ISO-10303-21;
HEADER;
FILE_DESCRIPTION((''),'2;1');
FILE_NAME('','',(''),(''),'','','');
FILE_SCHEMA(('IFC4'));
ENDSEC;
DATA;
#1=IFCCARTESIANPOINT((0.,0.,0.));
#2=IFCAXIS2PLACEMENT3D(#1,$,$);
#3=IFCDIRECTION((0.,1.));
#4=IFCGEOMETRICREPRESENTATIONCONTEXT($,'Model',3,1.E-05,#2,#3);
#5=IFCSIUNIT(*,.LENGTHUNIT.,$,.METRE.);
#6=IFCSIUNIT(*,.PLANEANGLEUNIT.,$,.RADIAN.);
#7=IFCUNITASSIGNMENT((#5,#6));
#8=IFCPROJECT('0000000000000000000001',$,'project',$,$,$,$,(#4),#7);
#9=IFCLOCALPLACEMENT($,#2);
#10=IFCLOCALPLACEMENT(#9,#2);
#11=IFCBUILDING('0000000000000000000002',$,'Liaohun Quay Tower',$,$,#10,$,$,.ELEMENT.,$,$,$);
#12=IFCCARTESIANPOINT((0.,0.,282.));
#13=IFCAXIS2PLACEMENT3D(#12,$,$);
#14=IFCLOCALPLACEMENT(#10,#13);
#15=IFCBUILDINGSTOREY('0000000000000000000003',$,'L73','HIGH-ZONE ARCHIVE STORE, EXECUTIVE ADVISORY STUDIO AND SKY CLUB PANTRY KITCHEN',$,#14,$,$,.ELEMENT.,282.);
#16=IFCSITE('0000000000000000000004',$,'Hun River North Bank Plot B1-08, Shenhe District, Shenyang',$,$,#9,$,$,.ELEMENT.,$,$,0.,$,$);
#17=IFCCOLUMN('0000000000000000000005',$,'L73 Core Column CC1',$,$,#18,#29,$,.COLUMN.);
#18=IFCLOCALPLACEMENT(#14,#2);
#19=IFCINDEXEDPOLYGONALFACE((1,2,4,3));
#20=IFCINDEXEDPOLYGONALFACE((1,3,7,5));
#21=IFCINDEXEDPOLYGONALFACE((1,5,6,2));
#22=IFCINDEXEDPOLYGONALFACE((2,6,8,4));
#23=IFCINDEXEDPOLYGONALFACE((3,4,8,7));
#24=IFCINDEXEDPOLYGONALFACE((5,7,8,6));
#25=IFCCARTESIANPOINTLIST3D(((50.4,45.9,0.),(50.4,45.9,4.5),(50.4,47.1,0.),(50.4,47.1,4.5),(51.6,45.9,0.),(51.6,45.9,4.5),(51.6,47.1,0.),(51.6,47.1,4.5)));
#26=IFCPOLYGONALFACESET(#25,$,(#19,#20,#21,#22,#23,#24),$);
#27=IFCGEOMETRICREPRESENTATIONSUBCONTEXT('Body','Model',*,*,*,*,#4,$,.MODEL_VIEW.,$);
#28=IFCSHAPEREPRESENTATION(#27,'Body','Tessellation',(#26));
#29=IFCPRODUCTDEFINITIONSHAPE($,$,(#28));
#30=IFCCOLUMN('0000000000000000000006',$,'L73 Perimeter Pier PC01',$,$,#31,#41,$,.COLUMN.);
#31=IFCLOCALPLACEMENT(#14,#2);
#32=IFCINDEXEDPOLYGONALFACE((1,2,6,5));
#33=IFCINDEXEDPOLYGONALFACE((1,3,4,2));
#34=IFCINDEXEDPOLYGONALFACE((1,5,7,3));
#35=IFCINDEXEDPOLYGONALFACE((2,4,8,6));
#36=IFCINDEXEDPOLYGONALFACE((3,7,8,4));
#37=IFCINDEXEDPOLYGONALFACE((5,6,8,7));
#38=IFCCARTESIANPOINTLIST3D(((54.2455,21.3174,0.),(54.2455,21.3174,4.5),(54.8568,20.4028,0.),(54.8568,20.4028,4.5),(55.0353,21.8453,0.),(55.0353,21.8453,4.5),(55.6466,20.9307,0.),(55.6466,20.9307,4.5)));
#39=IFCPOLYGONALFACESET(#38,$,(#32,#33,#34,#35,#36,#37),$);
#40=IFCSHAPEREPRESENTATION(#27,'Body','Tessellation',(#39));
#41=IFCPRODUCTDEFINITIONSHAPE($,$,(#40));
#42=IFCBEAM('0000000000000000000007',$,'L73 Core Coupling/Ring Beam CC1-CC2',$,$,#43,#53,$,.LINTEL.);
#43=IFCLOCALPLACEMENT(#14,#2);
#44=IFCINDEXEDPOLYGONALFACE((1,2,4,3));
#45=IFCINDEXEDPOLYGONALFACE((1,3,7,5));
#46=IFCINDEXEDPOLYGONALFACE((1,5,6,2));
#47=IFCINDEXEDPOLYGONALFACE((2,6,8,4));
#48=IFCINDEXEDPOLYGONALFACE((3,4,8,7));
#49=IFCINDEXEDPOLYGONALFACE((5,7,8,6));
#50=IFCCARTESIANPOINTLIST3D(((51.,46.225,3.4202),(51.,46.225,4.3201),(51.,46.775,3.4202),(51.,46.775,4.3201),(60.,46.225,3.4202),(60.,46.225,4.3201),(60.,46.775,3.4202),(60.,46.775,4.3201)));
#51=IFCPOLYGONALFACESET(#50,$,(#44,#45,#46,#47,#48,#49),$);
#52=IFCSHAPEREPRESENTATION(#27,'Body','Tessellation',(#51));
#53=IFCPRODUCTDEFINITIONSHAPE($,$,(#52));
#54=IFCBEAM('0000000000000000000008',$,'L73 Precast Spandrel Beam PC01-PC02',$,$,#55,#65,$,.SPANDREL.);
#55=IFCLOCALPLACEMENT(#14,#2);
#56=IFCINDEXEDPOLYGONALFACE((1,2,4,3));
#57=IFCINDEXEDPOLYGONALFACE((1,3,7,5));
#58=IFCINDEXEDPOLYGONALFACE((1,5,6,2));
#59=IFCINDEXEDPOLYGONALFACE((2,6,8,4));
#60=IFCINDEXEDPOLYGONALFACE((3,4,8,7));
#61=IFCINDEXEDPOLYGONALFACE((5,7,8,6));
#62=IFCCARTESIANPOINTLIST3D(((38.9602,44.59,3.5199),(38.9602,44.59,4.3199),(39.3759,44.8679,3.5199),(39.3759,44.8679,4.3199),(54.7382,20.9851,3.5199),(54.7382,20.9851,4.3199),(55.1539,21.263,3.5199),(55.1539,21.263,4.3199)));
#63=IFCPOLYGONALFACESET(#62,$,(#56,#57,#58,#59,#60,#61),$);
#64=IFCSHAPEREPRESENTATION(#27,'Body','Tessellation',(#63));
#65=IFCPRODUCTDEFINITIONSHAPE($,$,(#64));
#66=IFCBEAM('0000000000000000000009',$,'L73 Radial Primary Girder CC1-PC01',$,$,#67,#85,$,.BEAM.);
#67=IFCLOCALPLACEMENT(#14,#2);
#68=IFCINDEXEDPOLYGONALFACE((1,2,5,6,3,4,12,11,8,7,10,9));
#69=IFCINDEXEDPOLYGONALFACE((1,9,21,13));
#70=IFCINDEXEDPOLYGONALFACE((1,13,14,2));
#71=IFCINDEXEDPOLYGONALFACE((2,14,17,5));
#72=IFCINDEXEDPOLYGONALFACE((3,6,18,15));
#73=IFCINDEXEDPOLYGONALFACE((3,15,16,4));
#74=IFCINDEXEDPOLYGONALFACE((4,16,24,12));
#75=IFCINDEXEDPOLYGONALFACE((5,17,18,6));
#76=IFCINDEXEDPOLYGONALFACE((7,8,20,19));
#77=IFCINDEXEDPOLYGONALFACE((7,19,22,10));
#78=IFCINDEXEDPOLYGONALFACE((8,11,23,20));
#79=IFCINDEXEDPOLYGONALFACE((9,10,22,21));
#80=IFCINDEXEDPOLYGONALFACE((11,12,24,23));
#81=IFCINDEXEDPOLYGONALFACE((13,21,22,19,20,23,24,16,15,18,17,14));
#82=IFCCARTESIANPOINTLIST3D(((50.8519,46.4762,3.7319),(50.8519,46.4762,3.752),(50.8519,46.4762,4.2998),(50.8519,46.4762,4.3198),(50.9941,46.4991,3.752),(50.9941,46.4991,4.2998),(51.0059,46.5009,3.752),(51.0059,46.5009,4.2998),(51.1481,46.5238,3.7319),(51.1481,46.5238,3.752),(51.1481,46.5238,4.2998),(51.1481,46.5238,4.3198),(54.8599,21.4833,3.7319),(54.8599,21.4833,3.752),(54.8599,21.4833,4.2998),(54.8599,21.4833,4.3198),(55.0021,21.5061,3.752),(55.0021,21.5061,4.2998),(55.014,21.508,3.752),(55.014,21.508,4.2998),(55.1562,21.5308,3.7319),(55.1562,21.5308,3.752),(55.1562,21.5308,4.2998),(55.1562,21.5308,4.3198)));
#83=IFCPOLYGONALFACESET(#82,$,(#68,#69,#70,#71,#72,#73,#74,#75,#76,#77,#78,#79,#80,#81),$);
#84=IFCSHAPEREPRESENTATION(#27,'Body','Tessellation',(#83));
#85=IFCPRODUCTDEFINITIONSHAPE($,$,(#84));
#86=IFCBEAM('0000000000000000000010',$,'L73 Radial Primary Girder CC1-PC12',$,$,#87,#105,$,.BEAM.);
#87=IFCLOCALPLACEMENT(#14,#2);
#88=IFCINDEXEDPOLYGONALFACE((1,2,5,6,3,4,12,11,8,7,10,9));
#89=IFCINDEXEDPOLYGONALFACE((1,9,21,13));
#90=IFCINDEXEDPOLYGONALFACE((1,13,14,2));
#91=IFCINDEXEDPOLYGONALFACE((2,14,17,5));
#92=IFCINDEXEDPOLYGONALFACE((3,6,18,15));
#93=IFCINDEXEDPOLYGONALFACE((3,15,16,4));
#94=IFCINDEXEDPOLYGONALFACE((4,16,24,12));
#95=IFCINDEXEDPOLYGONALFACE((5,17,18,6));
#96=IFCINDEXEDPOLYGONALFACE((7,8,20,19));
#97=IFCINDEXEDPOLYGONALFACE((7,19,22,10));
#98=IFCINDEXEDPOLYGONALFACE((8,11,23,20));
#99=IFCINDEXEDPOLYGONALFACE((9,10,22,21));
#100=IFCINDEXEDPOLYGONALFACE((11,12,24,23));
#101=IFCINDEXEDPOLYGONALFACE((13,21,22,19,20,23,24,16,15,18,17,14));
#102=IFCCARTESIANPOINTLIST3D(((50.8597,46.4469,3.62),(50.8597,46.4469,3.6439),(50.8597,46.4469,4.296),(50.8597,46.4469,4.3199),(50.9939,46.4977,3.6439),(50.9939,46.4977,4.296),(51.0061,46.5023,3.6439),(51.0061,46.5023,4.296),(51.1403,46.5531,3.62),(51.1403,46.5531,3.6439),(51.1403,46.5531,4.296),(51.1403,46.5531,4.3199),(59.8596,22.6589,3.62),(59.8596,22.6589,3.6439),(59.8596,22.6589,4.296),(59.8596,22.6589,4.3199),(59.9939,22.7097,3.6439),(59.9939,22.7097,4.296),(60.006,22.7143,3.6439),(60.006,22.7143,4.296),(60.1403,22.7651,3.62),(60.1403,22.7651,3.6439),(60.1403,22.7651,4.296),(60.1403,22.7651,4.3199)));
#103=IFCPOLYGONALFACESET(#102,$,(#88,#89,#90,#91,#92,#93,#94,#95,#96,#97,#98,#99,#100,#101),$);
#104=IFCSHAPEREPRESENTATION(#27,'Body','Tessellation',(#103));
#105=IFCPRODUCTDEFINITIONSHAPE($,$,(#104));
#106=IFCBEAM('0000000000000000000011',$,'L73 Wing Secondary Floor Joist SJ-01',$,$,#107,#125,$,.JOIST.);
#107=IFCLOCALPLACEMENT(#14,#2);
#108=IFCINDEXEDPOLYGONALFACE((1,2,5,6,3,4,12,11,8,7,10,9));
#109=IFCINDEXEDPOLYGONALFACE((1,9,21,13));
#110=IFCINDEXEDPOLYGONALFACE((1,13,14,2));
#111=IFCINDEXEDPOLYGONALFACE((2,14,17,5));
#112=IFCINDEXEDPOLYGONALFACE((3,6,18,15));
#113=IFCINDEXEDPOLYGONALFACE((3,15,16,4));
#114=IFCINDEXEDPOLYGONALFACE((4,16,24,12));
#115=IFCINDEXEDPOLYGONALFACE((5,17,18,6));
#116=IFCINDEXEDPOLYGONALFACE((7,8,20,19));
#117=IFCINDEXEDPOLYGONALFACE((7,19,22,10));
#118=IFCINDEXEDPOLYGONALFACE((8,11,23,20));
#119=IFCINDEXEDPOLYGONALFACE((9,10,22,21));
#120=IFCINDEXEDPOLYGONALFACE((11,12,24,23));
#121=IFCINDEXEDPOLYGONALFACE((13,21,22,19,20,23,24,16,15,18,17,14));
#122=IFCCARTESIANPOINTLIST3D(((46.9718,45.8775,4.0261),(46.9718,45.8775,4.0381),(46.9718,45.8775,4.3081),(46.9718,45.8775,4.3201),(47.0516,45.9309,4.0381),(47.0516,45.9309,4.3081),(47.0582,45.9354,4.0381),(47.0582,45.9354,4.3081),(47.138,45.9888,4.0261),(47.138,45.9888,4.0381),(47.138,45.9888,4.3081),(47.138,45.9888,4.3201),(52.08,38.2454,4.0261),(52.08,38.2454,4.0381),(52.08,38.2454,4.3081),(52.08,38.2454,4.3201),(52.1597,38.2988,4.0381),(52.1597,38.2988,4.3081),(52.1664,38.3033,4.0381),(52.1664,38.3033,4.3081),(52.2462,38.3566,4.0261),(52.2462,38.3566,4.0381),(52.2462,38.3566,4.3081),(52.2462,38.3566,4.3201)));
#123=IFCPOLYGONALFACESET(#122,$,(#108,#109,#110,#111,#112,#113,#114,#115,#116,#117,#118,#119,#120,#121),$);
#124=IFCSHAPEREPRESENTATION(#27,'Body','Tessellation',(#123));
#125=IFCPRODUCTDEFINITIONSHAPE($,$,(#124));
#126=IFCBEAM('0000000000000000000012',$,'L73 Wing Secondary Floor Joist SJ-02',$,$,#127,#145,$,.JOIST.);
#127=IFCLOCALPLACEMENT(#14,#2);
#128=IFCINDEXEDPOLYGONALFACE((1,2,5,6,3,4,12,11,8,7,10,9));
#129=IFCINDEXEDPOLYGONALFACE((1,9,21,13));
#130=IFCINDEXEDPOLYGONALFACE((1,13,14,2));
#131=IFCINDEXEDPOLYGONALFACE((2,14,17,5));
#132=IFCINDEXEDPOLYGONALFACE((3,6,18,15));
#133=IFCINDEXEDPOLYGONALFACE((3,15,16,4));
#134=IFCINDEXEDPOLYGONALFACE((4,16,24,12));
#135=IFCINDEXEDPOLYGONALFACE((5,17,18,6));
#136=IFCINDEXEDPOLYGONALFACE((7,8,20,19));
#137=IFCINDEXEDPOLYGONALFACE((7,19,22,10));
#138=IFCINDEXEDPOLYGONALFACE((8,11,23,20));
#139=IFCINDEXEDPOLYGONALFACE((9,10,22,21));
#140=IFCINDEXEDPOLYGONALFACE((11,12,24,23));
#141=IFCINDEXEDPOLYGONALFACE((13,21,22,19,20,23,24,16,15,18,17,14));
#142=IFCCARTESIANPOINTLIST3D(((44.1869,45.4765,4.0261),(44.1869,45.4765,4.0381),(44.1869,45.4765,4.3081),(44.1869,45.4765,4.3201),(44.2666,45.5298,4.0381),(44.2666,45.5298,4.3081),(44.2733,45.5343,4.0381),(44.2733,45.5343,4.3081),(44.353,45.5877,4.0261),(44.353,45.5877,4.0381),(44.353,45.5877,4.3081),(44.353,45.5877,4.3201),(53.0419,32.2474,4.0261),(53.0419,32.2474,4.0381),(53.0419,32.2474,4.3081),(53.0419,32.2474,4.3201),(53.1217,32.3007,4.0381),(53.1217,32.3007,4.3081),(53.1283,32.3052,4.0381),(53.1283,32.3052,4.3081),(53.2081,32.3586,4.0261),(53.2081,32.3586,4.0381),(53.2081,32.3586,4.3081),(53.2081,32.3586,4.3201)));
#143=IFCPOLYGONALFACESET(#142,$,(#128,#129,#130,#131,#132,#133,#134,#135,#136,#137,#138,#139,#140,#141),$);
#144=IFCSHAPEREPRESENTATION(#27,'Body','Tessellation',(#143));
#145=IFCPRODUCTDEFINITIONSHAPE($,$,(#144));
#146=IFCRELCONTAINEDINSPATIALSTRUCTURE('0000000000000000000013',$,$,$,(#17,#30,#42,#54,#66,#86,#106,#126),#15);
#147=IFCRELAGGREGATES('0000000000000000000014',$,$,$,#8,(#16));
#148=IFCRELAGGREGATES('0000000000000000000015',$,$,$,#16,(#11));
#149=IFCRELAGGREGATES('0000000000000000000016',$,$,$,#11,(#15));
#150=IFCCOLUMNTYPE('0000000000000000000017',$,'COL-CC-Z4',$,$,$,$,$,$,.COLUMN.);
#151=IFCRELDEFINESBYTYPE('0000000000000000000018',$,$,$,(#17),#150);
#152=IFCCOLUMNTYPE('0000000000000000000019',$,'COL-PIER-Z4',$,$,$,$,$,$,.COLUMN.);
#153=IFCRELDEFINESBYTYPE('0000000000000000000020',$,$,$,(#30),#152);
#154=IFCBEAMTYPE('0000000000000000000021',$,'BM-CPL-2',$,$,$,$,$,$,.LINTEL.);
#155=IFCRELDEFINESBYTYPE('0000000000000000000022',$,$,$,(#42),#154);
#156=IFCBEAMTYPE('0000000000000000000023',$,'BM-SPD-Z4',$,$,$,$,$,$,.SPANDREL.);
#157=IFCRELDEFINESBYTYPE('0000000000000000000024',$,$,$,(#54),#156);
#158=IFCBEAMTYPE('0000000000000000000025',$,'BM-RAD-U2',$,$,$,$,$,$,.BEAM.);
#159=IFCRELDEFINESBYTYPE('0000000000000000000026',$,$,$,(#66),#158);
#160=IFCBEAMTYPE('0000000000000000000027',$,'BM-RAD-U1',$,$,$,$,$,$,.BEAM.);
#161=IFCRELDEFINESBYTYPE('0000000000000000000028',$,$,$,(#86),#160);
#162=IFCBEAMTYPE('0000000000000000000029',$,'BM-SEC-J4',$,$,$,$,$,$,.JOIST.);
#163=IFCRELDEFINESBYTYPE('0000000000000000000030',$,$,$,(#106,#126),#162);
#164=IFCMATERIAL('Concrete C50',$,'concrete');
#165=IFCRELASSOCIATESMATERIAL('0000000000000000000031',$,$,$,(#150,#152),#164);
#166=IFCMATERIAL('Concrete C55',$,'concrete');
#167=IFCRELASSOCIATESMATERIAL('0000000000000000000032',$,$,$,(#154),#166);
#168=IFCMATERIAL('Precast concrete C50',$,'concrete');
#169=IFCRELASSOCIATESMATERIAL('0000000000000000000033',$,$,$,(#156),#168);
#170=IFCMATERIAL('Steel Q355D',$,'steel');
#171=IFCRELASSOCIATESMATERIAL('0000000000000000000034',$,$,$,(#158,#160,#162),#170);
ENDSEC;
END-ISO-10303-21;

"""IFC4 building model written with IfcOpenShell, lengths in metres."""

from ifc_helpers import new_model, si_unit, direction, frame, origin, origin_2d, place, context, subcontext, project, spatial, rectangle, i_section, extrude, source, transform, mapped, material, material_profile, profile_set, type_object, element, save


model = new_model("IFC4")

# Units and contexts
model_context = context("Model", 3, precision=1e-05, world=origin(), true_north=direction((0.0, 1.0)))
body_context = subcontext(model_context, "Body", "Model", "MODEL_VIEW")
ifc_project = project(units=[si_unit("LENGTHUNIT", "METRE"), si_unit("PLANEANGLEUNIT", "RADIAN")], contexts=[model_context])

# Site, building, storey
site_placement = place(None, origin())
site = spatial("IfcSite", under=ifc_project, at=site_placement, Name="Hun River North Bank Plot B1-08, Shenhe District, Shenyang", CompositionType="ELEMENT", RefElevation=0.0)
building_placement = place(site_placement, origin())
building = spatial("IfcBuilding", under=site, at=building_placement, Name="Liaohun Quay Tower", CompositionType="ELEMENT")
storey_placement = place(building_placement, frame((0.0, 0.0, 282.0)))
storey = spatial("IfcBuildingStorey", under=building, at=storey_placement, Name="L73", Description="HIGH-ZONE ARCHIVE STORE, EXECUTIVE ADVISORY STUDIO AND SKY CLUB PANTRY KITCHEN", CompositionType="ELEMENT", Elevation=282.0)

# Columns
ifc_material_1 = material(Name="Concrete C50", Category="concrete")
ifc_material_profile_1 = material_profile(ifc_material_1, rectangle(XDim=1.2, YDim=1.2, at=origin_2d()), Name="RC1200x1200")
ifc_profile_set_1 = profile_set([ifc_material_profile_1], Name="Concrete C50")
column_type_1 = type_object("IfcColumnType", Name="COL-CC-Z4", PredefinedType="COLUMN", material=ifc_profile_set_1)
shared_shape_1 = source(origin(), body_context, "Body", "SweptSolid", [
    extrude(rectangle(XDim=1.2, YDim=1.2, at=origin_2d()), origin(), (0.0, 0.0, 1.0), 4.5),
])
column_1_placement = place(storey_placement, frame((51.0, 46.5, 0.0), z_axis=(0.0, 0.0, 1.0), x_axis=(1.0, 0.0, 0.0)))
element("IfcColumn", 1, at=column_1_placement, inside=storey, type_object=column_type_1, Name="L73 Core Column CC1", PredefinedType="COLUMN", context=body_context, shape_type="MappedRepresentation", body=[
    mapped(shared_shape_1, transform((0.0, 0.0, 0.0), x_axis=(1.0, 0.0, 0.0), y_axis=(0.0, 1.0, 0.0), z_axis=(0.0, 0.0, 1.0), scale=1.0)),
])
ifc_material_profile_2 = material_profile(ifc_material_1, rectangle(XDim=1.1001, YDim=0.95, at=origin_2d()), Name="RC1100x950")
ifc_profile_set_2 = profile_set([ifc_material_profile_2], Name="Concrete C50")
column_type_2 = type_object("IfcColumnType", Name="COL-PIER-Z4", PredefinedType="COLUMN", material=ifc_profile_set_2)
shared_shape_2 = source(origin(), body_context, "Body", "SweptSolid", [
    extrude(rectangle(XDim=1.1001, YDim=0.95, at=origin_2d()), origin(), (0.0, 0.0, 1.0), 4.5),
])
column_2_placement = place(storey_placement, frame((54.946, 21.124, 0.0), z_axis=(0.0, 0.0, 1.0), x_axis=(-0.555715, 0.831373, 0.0)))
element("IfcColumn", 2, at=column_2_placement, inside=storey, type_object=column_type_2, Name="L73 Perimeter Pier PC01", PredefinedType="COLUMN", context=body_context, shape_type="MappedRepresentation", body=[
    mapped(shared_shape_2, transform((0.0, 0.0, 0.0), x_axis=(1.0, 0.0, 0.0), y_axis=(0.0, 1.0, 0.0), z_axis=(0.0, 0.0, 1.0), scale=1.0)),
])

# Beams
ifc_material_2 = material(Name="Concrete C55", Category="concrete")
ifc_material_profile_3 = material_profile(ifc_material_2, rectangle(XDim=0.55, YDim=0.8999, at=origin_2d()), Name="RC550x900")
ifc_profile_set_3 = profile_set([ifc_material_profile_3], Name="Concrete C55")
beam_type_1 = type_object("IfcBeamType", Name="BM-CPL-2", PredefinedType="LINTEL", material=ifc_profile_set_3)
shared_shape_3 = source(origin(), body_context, "Body", "SweptSolid", [
    extrude(rectangle(XDim=0.55, YDim=0.8999, at=origin_2d()), origin(), (0.0, 0.0, 1.0), 9.0),
])
beam_1_placement = place(storey_placement, frame((51.0, 46.5, 3.8701), z_axis=(1.0, 0.0, 0.0), x_axis=(0.0, 1.0, 0.0)))
element("IfcBeam", 3, at=beam_1_placement, inside=storey, type_object=beam_type_1, Name="L73 Core Coupling/Ring Beam CC1-CC2", PredefinedType="LINTEL", context=body_context, shape_type="MappedRepresentation", body=[
    mapped(shared_shape_3, transform((0.0, 0.0, 0.0), x_axis=(1.0, 0.0, 0.0), y_axis=(0.0, 1.0, 0.0), z_axis=(0.0, 0.0, 1.0), scale=1.0)),
])
ifc_material_3 = material(Name="Precast concrete C50", Category="concrete")
ifc_material_profile_4 = material_profile(ifc_material_3, rectangle(XDim=0.5, YDim=0.8, at=origin_2d()), Name="RC500x800")
ifc_profile_set_4 = profile_set([ifc_material_profile_4], Name="Precast concrete C50")
beam_type_2 = type_object("IfcBeamType", Name="BM-SPD-Z4", PredefinedType="SPANDREL", material=ifc_profile_set_4)
shared_shape_4 = source(origin(), body_context, "Body", "SweptSolid", [
    extrude(rectangle(XDim=0.5, YDim=0.8, at=origin_2d()), origin(), (0.0, 0.0, 1.0), 28.3926),
])
beam_2_placement = place(storey_placement, frame((54.946, 21.124, 3.9199), z_axis=(-0.55571, 0.831376, 0.0), x_axis=(-0.831376, -0.55571, 0.0)))
element("IfcBeam", 4, at=beam_2_placement, inside=storey, type_object=beam_type_2, Name="L73 Precast Spandrel Beam PC01-PC02", PredefinedType="SPANDREL", context=body_context, shape_type="MappedRepresentation", body=[
    mapped(shared_shape_4, transform((0.0, 0.0, 0.0), x_axis=(1.0, 0.0, 0.0), y_axis=(0.0, 1.0, 0.0), z_axis=(0.0, 0.0, 1.0), scale=1.0)),
])
ifc_material_4 = material(Name="Steel Q355D", Category="steel")
ifc_material_profile_5 = material_profile(ifc_material_4, i_section(OverallWidth=0.3, OverallDepth=0.5879, WebThickness=0.012, FlangeThickness=0.02, at=origin_2d()), Name="HM588x300x12x20")
ifc_profile_set_5 = profile_set([ifc_material_profile_5], Name="Steel Q355D")
beam_type_3 = type_object("IfcBeamType", Name="BM-RAD-U2", PredefinedType="BEAM", material=ifc_profile_set_5)
shared_shape_5 = source(origin(), body_context, "Body", "SweptSolid", [
    extrude(i_section(OverallWidth=0.3, OverallDepth=0.5879, WebThickness=0.012, FlangeThickness=0.02, at=origin_2d()), origin(), (0.0, 0.0, 1.0), 25.3123),
])
beam_3_placement = place(storey_placement, frame((51.0, 46.5, 4.0259), z_axis=(0.158344, -0.987384, 0.0), x_axis=(0.987384, 0.158344, 0.0)))
element("IfcBeam", 5, at=beam_3_placement, inside=storey, type_object=beam_type_3, Name="L73 Radial Primary Girder CC1-PC01", PredefinedType="BEAM", context=body_context, shape_type="MappedRepresentation", body=[
    mapped(shared_shape_5, transform((0.0, 0.0, 0.0), x_axis=(1.0, 0.0, 0.0), y_axis=(0.0, 1.0, 0.0), z_axis=(0.0, 0.0, 1.0), scale=1.0)),
])
ifc_material_profile_6 = material_profile(ifc_material_4, i_section(OverallWidth=0.3, OverallDepth=0.7, WebThickness=0.0129, FlangeThickness=0.0239, at=origin_2d()), Name="HN700x300x13x24")
ifc_profile_set_6 = profile_set([ifc_material_profile_6], Name="Steel Q355D")
beam_type_4 = type_object("IfcBeamType", Name="BM-RAD-U1", PredefinedType="BEAM", material=ifc_profile_set_6)
shared_shape_6 = source(origin(), body_context, "Body", "SweptSolid", [
    extrude(i_section(OverallWidth=0.3, OverallDepth=0.7, WebThickness=0.0129, FlangeThickness=0.0239, at=origin_2d()), origin(), (0.0, 0.0, 1.0), 25.4336),
])
beam_4_placement = place(storey_placement, frame((51.0, 46.5, 3.97), z_axis=(0.353861, -0.935298, 0.0), x_axis=(0.935298, 0.353861, 0.0)))
element("IfcBeam", 6, at=beam_4_placement, inside=storey, type_object=beam_type_4, Name="L73 Radial Primary Girder CC1-PC12", PredefinedType="BEAM", context=body_context, shape_type="MappedRepresentation", body=[
    mapped(shared_shape_6, transform((0.0, 0.0, 0.0), x_axis=(1.0, 0.0, 0.0), y_axis=(0.0, 1.0, 0.0), z_axis=(0.0, 0.0, 1.0), scale=1.0)),
])
ifc_material_profile_7 = material_profile(ifc_material_4, i_section(OverallWidth=0.2, OverallDepth=0.2939, WebThickness=0.0081, FlangeThickness=0.012, at=origin_2d()), Name="HM294x200x8x12")
ifc_profile_set_7 = profile_set([ifc_material_profile_7], Name="Steel Q355D")
beam_type_5 = type_object("IfcBeamType", Name="BM-SEC-J4", PredefinedType="JOIST", material=ifc_profile_set_7)
shared_shape_7 = source(origin(), body_context, "Body", "SweptSolid", [
    extrude(i_section(OverallWidth=0.2, OverallDepth=0.2939, WebThickness=0.0081, FlangeThickness=0.012, at=origin_2d()), origin(), (0.0, 0.0, 1.0), 9.1838),
])
beam_5_placement = place(storey_placement, frame((52.1631, 38.301, 4.1731), z_axis=(-0.556215, 0.831039, 0.0), x_axis=(-0.831039, -0.556215, 0.0)))
element("IfcBeam", 7, at=beam_5_placement, inside=storey, type_object=beam_type_5, Name="L73 Wing Secondary Floor Joist SJ-01", PredefinedType="JOIST", context=body_context, shape_type="MappedRepresentation", body=[
    mapped(shared_shape_7, transform((0.0, 0.0, 0.0), x_axis=(1.0, 0.0, 0.0), y_axis=(0.0, 1.0, 0.0), z_axis=(0.0, 0.0, 1.0), scale=1.0)),
])
shared_shape_8 = source(origin(), body_context, "Body", "SweptSolid", [
    extrude(i_section(OverallWidth=0.2, OverallDepth=0.2939, WebThickness=0.0081, FlangeThickness=0.012, at=origin_2d()), origin(), (0.0, 0.0, 1.0), 15.9192),
])
beam_6_placement = place(storey_placement, frame((53.125, 32.303, 4.1731), z_axis=(-0.556249, 0.831015, 0.0), x_axis=(-0.831015, -0.556249, 0.0)))
element("IfcBeam", 8, at=beam_6_placement, inside=storey, type_object=beam_type_5, Name="L73 Wing Secondary Floor Joist SJ-02", PredefinedType="JOIST", context=body_context, shape_type="MappedRepresentation", body=[
    mapped(shared_shape_8, transform((0.0, 0.0, 0.0), x_axis=(1.0, 0.0, 0.0), y_axis=(0.0, 1.0, 0.0), z_axis=(0.0, 0.0, 1.0), scale=1.0)),
])

save(model, "model.ifc")
